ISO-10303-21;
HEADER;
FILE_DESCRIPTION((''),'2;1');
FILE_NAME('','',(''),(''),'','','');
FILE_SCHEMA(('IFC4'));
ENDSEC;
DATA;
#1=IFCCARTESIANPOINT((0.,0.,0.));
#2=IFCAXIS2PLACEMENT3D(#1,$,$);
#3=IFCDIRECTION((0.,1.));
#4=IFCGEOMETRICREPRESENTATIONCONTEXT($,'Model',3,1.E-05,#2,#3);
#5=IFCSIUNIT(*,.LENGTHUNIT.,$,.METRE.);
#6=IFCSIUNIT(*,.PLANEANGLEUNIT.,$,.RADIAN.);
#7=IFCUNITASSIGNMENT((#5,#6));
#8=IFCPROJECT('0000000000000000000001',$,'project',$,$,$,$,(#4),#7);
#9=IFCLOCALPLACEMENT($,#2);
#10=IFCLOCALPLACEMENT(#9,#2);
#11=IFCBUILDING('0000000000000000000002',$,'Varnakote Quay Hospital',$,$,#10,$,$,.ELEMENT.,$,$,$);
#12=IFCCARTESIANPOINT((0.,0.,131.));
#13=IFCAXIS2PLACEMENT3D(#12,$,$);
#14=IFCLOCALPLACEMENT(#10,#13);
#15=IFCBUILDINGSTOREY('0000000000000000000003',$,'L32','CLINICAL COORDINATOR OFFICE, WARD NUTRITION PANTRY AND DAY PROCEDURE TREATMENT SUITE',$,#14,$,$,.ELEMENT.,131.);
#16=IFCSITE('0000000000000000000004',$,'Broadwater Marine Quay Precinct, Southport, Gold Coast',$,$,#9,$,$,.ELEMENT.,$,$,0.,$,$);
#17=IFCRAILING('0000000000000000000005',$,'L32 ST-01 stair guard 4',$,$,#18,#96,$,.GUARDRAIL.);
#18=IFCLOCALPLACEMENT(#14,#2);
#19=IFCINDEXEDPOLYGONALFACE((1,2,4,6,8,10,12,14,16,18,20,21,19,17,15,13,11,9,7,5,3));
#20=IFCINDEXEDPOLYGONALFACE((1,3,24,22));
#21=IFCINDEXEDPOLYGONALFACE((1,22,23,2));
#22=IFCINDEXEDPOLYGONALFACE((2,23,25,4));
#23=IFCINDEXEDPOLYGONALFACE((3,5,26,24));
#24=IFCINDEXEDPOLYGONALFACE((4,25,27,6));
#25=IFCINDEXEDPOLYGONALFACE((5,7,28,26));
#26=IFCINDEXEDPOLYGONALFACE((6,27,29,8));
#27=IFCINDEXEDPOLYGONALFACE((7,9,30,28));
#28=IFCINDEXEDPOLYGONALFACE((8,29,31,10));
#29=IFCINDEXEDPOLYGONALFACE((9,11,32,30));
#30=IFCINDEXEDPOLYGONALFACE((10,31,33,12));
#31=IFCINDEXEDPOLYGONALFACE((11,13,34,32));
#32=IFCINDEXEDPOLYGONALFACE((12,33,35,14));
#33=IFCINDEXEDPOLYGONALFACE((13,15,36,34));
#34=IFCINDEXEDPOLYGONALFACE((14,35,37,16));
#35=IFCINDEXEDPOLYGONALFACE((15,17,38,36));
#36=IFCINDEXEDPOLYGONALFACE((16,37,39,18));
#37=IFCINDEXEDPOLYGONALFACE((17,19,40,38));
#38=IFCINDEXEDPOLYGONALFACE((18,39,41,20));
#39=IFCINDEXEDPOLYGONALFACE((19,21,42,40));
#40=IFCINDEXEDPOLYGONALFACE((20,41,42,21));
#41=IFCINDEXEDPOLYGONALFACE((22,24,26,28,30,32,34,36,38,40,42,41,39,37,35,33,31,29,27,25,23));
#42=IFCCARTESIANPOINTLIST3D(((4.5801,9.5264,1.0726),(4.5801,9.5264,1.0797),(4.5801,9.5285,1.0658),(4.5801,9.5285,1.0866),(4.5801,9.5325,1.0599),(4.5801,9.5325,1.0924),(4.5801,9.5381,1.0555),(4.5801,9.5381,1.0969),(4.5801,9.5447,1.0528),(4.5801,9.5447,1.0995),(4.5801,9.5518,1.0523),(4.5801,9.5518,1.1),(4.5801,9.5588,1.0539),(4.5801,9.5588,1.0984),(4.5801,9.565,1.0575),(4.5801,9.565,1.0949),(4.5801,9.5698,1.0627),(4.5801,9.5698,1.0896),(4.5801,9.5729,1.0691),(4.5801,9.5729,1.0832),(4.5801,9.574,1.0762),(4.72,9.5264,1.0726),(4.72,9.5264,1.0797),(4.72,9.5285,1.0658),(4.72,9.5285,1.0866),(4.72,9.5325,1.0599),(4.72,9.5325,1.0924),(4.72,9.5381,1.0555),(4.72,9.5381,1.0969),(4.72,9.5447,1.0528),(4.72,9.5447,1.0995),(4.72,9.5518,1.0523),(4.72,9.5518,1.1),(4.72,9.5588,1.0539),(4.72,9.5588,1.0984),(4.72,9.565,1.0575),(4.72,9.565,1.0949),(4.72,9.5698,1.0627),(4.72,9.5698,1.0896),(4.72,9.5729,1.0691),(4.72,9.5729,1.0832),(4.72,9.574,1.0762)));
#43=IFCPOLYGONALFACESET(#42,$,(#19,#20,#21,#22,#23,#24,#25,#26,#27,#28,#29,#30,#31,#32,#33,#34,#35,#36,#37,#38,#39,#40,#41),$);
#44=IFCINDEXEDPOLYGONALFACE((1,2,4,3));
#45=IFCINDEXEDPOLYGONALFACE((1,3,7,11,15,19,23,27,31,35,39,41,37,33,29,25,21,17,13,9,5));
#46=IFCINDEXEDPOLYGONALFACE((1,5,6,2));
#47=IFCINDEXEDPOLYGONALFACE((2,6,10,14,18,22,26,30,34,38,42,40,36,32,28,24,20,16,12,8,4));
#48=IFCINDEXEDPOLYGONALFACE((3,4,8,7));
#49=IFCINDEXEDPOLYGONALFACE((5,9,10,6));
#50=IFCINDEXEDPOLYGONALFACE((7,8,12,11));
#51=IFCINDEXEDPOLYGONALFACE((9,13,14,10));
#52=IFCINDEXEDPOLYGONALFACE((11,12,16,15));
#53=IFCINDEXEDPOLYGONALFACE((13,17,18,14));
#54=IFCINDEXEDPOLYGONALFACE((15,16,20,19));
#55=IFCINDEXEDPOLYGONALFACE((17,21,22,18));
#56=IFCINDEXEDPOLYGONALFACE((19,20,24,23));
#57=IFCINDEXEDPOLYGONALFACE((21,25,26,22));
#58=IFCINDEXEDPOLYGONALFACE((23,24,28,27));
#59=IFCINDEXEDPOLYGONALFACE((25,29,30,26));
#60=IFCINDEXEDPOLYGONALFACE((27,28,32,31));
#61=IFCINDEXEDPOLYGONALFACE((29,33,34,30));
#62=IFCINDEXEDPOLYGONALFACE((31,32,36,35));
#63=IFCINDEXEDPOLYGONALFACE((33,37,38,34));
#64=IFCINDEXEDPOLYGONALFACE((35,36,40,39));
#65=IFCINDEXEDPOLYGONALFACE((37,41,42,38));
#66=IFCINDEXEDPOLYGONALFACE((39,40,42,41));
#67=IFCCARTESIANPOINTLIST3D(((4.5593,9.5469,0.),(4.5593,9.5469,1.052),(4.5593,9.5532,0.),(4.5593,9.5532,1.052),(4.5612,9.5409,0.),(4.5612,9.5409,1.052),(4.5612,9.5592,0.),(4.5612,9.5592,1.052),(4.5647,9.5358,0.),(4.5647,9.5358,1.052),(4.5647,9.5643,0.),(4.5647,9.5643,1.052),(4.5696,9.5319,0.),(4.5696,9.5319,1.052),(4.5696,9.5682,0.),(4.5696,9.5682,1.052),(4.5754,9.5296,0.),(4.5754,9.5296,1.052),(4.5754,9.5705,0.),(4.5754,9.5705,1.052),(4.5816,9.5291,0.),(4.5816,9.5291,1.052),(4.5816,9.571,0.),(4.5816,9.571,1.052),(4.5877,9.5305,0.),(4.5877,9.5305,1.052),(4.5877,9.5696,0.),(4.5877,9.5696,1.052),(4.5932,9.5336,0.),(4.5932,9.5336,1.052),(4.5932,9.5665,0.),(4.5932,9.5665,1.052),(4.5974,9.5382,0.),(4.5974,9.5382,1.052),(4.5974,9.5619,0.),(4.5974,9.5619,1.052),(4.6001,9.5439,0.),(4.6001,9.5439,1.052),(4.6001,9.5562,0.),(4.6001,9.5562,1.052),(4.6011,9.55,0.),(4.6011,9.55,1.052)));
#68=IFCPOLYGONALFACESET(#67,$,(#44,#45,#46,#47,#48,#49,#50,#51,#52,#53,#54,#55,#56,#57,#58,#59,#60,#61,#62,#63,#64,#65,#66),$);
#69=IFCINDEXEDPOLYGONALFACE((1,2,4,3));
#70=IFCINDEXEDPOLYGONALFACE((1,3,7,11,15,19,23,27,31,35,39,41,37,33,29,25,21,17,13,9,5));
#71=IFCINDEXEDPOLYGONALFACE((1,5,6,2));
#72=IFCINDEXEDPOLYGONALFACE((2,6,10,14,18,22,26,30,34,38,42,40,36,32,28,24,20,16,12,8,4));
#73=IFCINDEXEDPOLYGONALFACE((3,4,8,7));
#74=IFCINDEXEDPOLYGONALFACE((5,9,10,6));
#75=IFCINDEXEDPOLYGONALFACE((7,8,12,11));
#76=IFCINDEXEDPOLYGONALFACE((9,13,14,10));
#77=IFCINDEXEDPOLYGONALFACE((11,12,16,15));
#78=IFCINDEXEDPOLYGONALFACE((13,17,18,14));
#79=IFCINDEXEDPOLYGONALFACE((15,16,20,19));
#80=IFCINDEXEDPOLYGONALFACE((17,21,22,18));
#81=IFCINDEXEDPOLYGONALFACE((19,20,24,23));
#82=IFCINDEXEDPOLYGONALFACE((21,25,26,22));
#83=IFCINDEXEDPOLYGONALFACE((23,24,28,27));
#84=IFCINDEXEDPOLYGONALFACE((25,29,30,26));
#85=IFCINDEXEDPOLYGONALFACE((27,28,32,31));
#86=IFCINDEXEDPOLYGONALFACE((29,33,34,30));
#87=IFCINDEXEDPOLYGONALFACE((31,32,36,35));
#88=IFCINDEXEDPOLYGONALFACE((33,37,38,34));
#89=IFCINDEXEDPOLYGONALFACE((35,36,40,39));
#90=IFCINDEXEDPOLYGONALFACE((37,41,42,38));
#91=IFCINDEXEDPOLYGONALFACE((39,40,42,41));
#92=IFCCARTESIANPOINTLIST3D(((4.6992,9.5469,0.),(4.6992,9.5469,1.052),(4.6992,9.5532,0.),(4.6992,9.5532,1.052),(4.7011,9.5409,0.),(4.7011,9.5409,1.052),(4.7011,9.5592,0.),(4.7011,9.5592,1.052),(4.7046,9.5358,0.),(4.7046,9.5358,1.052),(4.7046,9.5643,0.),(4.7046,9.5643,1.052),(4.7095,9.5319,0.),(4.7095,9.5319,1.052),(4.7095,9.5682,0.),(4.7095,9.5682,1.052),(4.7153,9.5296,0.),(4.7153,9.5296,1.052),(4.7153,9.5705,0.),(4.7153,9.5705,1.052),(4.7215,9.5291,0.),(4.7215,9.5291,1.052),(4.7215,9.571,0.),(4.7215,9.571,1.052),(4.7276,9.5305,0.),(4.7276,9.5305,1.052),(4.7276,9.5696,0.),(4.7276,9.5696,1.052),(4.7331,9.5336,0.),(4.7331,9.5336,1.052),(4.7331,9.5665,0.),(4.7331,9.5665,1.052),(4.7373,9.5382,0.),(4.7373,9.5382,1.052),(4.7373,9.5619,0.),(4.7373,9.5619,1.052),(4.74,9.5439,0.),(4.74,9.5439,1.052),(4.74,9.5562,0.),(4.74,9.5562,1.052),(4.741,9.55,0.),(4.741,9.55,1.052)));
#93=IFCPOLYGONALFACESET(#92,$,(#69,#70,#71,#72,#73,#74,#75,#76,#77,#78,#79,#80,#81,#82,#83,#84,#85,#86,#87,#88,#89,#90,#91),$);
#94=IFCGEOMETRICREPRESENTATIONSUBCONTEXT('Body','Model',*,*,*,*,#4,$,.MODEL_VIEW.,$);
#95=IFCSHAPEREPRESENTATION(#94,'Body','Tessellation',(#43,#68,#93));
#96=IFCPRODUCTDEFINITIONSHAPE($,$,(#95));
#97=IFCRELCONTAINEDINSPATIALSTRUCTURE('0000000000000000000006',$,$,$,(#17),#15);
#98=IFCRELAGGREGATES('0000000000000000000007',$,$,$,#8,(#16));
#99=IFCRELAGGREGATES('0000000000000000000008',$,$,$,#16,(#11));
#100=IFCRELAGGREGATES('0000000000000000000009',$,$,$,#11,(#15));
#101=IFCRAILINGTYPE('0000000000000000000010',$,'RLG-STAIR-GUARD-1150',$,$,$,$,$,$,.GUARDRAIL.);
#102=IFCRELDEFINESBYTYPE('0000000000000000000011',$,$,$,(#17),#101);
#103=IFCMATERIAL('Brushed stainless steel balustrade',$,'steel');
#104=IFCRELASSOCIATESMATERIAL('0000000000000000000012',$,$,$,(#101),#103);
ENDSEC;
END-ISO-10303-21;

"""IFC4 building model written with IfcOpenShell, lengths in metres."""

from ifc_helpers import new_model, si_unit, direction, frame, origin, origin_2d, place, context, subcontext, project, spatial, circle, extrude, material, type_object, element, save


model = new_model("IFC4")

# Units and contexts
model_context = context("Model", 3, precision=1e-05, world=origin(), true_north=direction((0.0, 1.0)))
body_context = subcontext(model_context, "Body", "Model", "MODEL_VIEW")
ifc_project = project(units=[si_unit("LENGTHUNIT", "METRE"), si_unit("PLANEANGLEUNIT", "RADIAN")], contexts=[model_context])

# Site, building, storey
site_placement = place(None, origin())
site = spatial("IfcSite", under=ifc_project, at=site_placement, Name="Broadwater Marine Quay Precinct, Southport, Gold Coast", CompositionType="ELEMENT", RefElevation=0.0)
building_placement = place(site_placement, origin())
building = spatial("IfcBuilding", under=site, at=building_placement, Name="Varnakote Quay Hospital", CompositionType="ELEMENT")
storey_placement = place(building_placement, frame((0.0, 0.0, 131.0)))
storey = spatial("IfcBuildingStorey", under=building, at=storey_placement, Name="L32", Description="CLINICAL COORDINATOR OFFICE, WARD NUTRITION PANTRY AND DAY PROCEDURE TREATMENT SUITE", CompositionType="ELEMENT", Elevation=131.0)

# Railing
ifc_material_1 = material(Name="Brushed stainless steel balustrade", Category="steel")
railing_type_1 = type_object("IfcRailingType", Name="RLG-STAIR-GUARD-1150", PredefinedType="GUARDRAIL", material=ifc_material_1)
railing_1_placement = place(storey_placement, frame((4.5801, 9.55, 0.0)))
element("IfcRailing", 1, at=railing_1_placement, inside=storey, type_object=railing_type_1, Name="L32 ST-01 stair guard 4", PredefinedType="GUARDRAIL", context=body_context, shape_type="SweptSolid", body=[
    extrude(circle(Radius=0.0239, at=origin_2d()), frame((0.0, 0.0, 1.0762), z_axis=(1.0, 0.0, 0.0), x_axis=(0.0, 1.0, 0.0)), (0.0, 0.0, 1.0), 0.1399),
    extrude(circle(Radius=0.021, at=origin_2d()), origin(), (0.0, 0.0, 1.0), 1.052),
    extrude(circle(Radius=0.021, at=origin_2d()), frame((0.1399, 0.0, 0.0)), (0.0, 0.0, 1.0), 1.052),
])

save(model, "model.ifc")
